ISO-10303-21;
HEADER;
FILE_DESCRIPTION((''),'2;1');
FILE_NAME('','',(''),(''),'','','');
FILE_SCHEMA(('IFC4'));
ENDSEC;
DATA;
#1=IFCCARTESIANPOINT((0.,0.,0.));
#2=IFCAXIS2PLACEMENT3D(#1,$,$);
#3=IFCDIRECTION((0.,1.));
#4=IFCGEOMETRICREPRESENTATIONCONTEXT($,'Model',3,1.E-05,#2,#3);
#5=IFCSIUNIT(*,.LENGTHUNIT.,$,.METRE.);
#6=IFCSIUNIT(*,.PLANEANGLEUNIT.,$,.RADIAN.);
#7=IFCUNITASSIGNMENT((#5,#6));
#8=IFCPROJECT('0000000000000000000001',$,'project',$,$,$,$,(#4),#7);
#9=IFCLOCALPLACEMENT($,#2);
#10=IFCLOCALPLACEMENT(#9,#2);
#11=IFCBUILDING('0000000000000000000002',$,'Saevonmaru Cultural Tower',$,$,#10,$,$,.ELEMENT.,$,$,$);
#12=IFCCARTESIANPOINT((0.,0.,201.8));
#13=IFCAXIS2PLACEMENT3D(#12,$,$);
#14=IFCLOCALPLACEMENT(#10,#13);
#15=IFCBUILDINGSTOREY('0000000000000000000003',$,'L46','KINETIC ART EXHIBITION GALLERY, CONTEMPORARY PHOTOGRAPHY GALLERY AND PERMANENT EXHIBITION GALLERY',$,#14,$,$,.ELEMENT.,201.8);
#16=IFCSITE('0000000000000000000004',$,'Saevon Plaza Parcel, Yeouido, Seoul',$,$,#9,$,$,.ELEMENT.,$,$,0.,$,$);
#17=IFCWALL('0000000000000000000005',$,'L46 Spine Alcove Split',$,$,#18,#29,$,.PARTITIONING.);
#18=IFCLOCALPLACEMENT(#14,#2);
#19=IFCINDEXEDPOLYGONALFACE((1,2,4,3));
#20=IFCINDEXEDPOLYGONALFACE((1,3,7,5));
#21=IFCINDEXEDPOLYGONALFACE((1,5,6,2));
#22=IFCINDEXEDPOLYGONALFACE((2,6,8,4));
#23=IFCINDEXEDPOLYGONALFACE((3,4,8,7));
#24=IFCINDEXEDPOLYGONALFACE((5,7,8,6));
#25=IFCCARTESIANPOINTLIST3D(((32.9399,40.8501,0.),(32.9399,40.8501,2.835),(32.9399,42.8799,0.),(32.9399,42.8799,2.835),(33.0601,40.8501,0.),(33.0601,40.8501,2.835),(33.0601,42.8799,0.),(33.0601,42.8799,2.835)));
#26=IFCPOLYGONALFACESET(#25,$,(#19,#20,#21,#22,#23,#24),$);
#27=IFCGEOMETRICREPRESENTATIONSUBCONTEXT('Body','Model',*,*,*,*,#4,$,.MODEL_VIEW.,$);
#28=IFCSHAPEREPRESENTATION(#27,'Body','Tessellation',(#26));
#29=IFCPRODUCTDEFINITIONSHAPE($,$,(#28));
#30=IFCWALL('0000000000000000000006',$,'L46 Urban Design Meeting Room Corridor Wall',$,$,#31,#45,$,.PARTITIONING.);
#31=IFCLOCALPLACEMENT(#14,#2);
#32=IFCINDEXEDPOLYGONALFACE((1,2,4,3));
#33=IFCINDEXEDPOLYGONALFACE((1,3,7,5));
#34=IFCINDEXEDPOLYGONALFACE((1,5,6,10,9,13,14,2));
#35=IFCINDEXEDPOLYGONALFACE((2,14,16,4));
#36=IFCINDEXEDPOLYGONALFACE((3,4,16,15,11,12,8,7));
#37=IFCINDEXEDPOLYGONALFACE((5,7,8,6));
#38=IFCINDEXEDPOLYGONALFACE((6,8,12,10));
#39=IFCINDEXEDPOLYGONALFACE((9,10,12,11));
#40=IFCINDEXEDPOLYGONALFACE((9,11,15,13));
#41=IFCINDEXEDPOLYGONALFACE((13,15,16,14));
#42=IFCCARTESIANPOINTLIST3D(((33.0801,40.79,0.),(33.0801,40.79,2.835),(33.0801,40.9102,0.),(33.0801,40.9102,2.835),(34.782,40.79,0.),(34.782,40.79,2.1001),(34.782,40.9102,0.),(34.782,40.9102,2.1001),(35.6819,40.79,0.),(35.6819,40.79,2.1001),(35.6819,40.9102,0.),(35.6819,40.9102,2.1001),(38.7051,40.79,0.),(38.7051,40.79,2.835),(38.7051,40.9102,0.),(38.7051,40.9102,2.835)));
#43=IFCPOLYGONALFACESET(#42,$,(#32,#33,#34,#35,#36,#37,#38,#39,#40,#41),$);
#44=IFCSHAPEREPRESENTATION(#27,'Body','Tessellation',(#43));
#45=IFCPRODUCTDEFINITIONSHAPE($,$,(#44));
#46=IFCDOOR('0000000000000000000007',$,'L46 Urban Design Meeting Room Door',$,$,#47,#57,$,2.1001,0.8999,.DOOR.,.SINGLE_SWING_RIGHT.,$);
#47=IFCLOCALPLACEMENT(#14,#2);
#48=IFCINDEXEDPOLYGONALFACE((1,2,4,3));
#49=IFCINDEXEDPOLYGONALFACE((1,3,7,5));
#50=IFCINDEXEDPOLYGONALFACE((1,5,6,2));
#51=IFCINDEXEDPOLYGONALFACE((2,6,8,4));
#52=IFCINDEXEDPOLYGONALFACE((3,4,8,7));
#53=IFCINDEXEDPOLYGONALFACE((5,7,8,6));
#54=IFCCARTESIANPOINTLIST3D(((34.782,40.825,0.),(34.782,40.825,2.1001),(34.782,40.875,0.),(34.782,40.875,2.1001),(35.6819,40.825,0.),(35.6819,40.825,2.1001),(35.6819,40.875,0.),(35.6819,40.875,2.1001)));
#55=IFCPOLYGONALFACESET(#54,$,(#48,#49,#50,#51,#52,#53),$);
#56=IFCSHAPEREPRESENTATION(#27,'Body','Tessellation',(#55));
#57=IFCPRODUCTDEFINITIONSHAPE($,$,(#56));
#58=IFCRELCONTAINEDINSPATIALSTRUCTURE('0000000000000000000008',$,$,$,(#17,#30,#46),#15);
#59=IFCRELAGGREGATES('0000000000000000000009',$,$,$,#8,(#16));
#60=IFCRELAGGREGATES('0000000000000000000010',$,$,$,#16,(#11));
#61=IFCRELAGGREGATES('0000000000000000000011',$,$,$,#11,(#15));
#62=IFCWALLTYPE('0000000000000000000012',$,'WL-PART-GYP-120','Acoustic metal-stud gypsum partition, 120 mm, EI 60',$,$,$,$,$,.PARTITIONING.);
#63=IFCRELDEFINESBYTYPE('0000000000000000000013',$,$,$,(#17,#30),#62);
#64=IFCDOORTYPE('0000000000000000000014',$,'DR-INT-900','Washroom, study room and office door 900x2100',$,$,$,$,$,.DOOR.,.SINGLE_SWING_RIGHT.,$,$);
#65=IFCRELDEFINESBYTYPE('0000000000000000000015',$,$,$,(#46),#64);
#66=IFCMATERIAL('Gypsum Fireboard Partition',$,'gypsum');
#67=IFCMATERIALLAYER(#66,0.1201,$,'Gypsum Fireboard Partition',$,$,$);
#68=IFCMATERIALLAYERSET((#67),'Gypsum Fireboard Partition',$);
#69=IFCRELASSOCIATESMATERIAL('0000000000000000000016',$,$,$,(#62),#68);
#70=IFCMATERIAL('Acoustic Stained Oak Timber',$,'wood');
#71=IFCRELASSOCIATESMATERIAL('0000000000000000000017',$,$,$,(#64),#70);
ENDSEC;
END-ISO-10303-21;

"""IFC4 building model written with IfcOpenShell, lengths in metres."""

from ifc_helpers import new_model, si_unit, direction, frame, frame_2d, origin, place, context, subcontext, project, spatial, rectangle, extrude, material, layer, layer_set, type_object, element, fill, save


model = new_model("IFC4")

# Units and contexts
model_context = context("Model", 3, precision=1e-05, world=origin(), true_north=direction((0.0, 1.0)))
body_context = subcontext(model_context, "Body", "Model", "MODEL_VIEW")
ifc_project = project(units=[si_unit("LENGTHUNIT", "METRE"), si_unit("PLANEANGLEUNIT", "RADIAN")], contexts=[model_context])

# Site, building, storey
site_placement = place(None, origin())
site = spatial("IfcSite", under=ifc_project, at=site_placement, Name="Saevon Plaza Parcel, Yeouido, Seoul", CompositionType="ELEMENT", RefElevation=0.0)
building_placement = place(site_placement, origin())
building = spatial("IfcBuilding", under=site, at=building_placement, Name="Saevonmaru Cultural Tower", CompositionType="ELEMENT")
storey_placement = place(building_placement, frame((0.0, 0.0, 201.8)))
storey = spatial("IfcBuildingStorey", under=building, at=storey_placement, Name="L46", Description="KINETIC ART EXHIBITION GALLERY, CONTEMPORARY PHOTOGRAPHY GALLERY AND PERMANENT EXHIBITION GALLERY", CompositionType="ELEMENT", Elevation=201.8)

# Shared definitions
ifc_material_1 = material(Name="Gypsum Fireboard Partition", Category="gypsum")

# Wall
ifc_layer_1 = layer(ifc_material_1, 0.1201, Name="Gypsum Fireboard Partition")
ifc_layer_set_1 = layer_set([ifc_layer_1], Name="Gypsum Fireboard Partition")
wall_type_1 = type_object("IfcWallType", Name="WL-PART-GYP-120", Description="Acoustic metal-stud gypsum partition, 120 mm, EI 60", PredefinedType="PARTITIONING", material=ifc_layer_set_1)
wall_1_placement = place(storey_placement, frame((33.0, 40.8501, 0.0), z_axis=(0.0, 0.0, 1.0), x_axis=(0.0, 1.0, 0.0)))
element("IfcWall", 1, at=wall_1_placement, inside=storey, type_object=wall_type_1, Name="L46 Spine Alcove Split", PredefinedType="PARTITIONING", context=body_context, shape_type="SweptSolid", body=[
    extrude(rectangle(XDim=2.0298, YDim=0.1201, at=frame_2d((1.0149, 0.0))), origin(), (0.0, 0.0, 1.0), 2.835),
])

# Wall, opening, door
wall_2_placement = place(storey_placement, frame((33.0801, 40.8501, 0.0), z_axis=(0.0, 0.0, 1.0), x_axis=(1.0, 0.0, 0.0)))
wall_2 = element("IfcWall", 2, at=wall_2_placement, inside=storey, type_object=wall_type_1, Name="L46 Urban Design Meeting Room Corridor Wall", PredefinedType="PARTITIONING", context=body_context, shape_type="SweptSolid", body=[
    extrude(rectangle(XDim=5.625, YDim=0.1201, at=frame_2d((2.8125, 0.0))), origin(), (0.0, 0.0, 1.0), 2.835),
])
opening_1_placement = place(wall_2_placement, frame((1.7019, 0.0, 0.0)))
opening_1 = element("IfcOpeningElement", 3, at=opening_1_placement, cuts=wall_2, PredefinedType="OPENING", context=body_context, shape_type="SweptSolid", body=[
    extrude(rectangle(XDim=0.8999, YDim=2.1001, at=frame_2d((0.45, 1.05))), frame((0.0, 0.0701, 0.0), z_axis=(0.0, -1.0, 0.0), x_axis=(1.0, 0.0, 0.0)), (0.0, 0.0, 1.0), 0.1401),
])
ifc_material_2 = material(Name="Acoustic Stained Oak Timber", Category="wood")
door_type_1 = type_object("IfcDoorType", Name="DR-INT-900", Description="Washroom, study room and office door 900x2100", OperationType="SINGLE_SWING_RIGHT", PredefinedType="DOOR", material=ifc_material_2)
door_1_placement = place(opening_1_placement, origin())
door_1 = element("IfcDoor", 4, at=door_1_placement, inside=storey, type_object=door_type_1, Name="L46 Urban Design Meeting Room Door", OperationType="SINGLE_SWING_RIGHT", OverallHeight=2.1001, OverallWidth=0.8999, PredefinedType="DOOR", context=body_context, shape_type="SweptSolid", body=[
    extrude(rectangle(XDim=0.8999, YDim=2.1001, at=frame_2d((0.45, 1.05))), frame((0.0, 0.0249, 0.0), z_axis=(0.0, -1.0, 0.0), x_axis=(1.0, 0.0, 0.0)), (0.0, 0.0, 1.0), 0.05),
])
fill(opening_1, door_1)

save(model, "model.ifc")
